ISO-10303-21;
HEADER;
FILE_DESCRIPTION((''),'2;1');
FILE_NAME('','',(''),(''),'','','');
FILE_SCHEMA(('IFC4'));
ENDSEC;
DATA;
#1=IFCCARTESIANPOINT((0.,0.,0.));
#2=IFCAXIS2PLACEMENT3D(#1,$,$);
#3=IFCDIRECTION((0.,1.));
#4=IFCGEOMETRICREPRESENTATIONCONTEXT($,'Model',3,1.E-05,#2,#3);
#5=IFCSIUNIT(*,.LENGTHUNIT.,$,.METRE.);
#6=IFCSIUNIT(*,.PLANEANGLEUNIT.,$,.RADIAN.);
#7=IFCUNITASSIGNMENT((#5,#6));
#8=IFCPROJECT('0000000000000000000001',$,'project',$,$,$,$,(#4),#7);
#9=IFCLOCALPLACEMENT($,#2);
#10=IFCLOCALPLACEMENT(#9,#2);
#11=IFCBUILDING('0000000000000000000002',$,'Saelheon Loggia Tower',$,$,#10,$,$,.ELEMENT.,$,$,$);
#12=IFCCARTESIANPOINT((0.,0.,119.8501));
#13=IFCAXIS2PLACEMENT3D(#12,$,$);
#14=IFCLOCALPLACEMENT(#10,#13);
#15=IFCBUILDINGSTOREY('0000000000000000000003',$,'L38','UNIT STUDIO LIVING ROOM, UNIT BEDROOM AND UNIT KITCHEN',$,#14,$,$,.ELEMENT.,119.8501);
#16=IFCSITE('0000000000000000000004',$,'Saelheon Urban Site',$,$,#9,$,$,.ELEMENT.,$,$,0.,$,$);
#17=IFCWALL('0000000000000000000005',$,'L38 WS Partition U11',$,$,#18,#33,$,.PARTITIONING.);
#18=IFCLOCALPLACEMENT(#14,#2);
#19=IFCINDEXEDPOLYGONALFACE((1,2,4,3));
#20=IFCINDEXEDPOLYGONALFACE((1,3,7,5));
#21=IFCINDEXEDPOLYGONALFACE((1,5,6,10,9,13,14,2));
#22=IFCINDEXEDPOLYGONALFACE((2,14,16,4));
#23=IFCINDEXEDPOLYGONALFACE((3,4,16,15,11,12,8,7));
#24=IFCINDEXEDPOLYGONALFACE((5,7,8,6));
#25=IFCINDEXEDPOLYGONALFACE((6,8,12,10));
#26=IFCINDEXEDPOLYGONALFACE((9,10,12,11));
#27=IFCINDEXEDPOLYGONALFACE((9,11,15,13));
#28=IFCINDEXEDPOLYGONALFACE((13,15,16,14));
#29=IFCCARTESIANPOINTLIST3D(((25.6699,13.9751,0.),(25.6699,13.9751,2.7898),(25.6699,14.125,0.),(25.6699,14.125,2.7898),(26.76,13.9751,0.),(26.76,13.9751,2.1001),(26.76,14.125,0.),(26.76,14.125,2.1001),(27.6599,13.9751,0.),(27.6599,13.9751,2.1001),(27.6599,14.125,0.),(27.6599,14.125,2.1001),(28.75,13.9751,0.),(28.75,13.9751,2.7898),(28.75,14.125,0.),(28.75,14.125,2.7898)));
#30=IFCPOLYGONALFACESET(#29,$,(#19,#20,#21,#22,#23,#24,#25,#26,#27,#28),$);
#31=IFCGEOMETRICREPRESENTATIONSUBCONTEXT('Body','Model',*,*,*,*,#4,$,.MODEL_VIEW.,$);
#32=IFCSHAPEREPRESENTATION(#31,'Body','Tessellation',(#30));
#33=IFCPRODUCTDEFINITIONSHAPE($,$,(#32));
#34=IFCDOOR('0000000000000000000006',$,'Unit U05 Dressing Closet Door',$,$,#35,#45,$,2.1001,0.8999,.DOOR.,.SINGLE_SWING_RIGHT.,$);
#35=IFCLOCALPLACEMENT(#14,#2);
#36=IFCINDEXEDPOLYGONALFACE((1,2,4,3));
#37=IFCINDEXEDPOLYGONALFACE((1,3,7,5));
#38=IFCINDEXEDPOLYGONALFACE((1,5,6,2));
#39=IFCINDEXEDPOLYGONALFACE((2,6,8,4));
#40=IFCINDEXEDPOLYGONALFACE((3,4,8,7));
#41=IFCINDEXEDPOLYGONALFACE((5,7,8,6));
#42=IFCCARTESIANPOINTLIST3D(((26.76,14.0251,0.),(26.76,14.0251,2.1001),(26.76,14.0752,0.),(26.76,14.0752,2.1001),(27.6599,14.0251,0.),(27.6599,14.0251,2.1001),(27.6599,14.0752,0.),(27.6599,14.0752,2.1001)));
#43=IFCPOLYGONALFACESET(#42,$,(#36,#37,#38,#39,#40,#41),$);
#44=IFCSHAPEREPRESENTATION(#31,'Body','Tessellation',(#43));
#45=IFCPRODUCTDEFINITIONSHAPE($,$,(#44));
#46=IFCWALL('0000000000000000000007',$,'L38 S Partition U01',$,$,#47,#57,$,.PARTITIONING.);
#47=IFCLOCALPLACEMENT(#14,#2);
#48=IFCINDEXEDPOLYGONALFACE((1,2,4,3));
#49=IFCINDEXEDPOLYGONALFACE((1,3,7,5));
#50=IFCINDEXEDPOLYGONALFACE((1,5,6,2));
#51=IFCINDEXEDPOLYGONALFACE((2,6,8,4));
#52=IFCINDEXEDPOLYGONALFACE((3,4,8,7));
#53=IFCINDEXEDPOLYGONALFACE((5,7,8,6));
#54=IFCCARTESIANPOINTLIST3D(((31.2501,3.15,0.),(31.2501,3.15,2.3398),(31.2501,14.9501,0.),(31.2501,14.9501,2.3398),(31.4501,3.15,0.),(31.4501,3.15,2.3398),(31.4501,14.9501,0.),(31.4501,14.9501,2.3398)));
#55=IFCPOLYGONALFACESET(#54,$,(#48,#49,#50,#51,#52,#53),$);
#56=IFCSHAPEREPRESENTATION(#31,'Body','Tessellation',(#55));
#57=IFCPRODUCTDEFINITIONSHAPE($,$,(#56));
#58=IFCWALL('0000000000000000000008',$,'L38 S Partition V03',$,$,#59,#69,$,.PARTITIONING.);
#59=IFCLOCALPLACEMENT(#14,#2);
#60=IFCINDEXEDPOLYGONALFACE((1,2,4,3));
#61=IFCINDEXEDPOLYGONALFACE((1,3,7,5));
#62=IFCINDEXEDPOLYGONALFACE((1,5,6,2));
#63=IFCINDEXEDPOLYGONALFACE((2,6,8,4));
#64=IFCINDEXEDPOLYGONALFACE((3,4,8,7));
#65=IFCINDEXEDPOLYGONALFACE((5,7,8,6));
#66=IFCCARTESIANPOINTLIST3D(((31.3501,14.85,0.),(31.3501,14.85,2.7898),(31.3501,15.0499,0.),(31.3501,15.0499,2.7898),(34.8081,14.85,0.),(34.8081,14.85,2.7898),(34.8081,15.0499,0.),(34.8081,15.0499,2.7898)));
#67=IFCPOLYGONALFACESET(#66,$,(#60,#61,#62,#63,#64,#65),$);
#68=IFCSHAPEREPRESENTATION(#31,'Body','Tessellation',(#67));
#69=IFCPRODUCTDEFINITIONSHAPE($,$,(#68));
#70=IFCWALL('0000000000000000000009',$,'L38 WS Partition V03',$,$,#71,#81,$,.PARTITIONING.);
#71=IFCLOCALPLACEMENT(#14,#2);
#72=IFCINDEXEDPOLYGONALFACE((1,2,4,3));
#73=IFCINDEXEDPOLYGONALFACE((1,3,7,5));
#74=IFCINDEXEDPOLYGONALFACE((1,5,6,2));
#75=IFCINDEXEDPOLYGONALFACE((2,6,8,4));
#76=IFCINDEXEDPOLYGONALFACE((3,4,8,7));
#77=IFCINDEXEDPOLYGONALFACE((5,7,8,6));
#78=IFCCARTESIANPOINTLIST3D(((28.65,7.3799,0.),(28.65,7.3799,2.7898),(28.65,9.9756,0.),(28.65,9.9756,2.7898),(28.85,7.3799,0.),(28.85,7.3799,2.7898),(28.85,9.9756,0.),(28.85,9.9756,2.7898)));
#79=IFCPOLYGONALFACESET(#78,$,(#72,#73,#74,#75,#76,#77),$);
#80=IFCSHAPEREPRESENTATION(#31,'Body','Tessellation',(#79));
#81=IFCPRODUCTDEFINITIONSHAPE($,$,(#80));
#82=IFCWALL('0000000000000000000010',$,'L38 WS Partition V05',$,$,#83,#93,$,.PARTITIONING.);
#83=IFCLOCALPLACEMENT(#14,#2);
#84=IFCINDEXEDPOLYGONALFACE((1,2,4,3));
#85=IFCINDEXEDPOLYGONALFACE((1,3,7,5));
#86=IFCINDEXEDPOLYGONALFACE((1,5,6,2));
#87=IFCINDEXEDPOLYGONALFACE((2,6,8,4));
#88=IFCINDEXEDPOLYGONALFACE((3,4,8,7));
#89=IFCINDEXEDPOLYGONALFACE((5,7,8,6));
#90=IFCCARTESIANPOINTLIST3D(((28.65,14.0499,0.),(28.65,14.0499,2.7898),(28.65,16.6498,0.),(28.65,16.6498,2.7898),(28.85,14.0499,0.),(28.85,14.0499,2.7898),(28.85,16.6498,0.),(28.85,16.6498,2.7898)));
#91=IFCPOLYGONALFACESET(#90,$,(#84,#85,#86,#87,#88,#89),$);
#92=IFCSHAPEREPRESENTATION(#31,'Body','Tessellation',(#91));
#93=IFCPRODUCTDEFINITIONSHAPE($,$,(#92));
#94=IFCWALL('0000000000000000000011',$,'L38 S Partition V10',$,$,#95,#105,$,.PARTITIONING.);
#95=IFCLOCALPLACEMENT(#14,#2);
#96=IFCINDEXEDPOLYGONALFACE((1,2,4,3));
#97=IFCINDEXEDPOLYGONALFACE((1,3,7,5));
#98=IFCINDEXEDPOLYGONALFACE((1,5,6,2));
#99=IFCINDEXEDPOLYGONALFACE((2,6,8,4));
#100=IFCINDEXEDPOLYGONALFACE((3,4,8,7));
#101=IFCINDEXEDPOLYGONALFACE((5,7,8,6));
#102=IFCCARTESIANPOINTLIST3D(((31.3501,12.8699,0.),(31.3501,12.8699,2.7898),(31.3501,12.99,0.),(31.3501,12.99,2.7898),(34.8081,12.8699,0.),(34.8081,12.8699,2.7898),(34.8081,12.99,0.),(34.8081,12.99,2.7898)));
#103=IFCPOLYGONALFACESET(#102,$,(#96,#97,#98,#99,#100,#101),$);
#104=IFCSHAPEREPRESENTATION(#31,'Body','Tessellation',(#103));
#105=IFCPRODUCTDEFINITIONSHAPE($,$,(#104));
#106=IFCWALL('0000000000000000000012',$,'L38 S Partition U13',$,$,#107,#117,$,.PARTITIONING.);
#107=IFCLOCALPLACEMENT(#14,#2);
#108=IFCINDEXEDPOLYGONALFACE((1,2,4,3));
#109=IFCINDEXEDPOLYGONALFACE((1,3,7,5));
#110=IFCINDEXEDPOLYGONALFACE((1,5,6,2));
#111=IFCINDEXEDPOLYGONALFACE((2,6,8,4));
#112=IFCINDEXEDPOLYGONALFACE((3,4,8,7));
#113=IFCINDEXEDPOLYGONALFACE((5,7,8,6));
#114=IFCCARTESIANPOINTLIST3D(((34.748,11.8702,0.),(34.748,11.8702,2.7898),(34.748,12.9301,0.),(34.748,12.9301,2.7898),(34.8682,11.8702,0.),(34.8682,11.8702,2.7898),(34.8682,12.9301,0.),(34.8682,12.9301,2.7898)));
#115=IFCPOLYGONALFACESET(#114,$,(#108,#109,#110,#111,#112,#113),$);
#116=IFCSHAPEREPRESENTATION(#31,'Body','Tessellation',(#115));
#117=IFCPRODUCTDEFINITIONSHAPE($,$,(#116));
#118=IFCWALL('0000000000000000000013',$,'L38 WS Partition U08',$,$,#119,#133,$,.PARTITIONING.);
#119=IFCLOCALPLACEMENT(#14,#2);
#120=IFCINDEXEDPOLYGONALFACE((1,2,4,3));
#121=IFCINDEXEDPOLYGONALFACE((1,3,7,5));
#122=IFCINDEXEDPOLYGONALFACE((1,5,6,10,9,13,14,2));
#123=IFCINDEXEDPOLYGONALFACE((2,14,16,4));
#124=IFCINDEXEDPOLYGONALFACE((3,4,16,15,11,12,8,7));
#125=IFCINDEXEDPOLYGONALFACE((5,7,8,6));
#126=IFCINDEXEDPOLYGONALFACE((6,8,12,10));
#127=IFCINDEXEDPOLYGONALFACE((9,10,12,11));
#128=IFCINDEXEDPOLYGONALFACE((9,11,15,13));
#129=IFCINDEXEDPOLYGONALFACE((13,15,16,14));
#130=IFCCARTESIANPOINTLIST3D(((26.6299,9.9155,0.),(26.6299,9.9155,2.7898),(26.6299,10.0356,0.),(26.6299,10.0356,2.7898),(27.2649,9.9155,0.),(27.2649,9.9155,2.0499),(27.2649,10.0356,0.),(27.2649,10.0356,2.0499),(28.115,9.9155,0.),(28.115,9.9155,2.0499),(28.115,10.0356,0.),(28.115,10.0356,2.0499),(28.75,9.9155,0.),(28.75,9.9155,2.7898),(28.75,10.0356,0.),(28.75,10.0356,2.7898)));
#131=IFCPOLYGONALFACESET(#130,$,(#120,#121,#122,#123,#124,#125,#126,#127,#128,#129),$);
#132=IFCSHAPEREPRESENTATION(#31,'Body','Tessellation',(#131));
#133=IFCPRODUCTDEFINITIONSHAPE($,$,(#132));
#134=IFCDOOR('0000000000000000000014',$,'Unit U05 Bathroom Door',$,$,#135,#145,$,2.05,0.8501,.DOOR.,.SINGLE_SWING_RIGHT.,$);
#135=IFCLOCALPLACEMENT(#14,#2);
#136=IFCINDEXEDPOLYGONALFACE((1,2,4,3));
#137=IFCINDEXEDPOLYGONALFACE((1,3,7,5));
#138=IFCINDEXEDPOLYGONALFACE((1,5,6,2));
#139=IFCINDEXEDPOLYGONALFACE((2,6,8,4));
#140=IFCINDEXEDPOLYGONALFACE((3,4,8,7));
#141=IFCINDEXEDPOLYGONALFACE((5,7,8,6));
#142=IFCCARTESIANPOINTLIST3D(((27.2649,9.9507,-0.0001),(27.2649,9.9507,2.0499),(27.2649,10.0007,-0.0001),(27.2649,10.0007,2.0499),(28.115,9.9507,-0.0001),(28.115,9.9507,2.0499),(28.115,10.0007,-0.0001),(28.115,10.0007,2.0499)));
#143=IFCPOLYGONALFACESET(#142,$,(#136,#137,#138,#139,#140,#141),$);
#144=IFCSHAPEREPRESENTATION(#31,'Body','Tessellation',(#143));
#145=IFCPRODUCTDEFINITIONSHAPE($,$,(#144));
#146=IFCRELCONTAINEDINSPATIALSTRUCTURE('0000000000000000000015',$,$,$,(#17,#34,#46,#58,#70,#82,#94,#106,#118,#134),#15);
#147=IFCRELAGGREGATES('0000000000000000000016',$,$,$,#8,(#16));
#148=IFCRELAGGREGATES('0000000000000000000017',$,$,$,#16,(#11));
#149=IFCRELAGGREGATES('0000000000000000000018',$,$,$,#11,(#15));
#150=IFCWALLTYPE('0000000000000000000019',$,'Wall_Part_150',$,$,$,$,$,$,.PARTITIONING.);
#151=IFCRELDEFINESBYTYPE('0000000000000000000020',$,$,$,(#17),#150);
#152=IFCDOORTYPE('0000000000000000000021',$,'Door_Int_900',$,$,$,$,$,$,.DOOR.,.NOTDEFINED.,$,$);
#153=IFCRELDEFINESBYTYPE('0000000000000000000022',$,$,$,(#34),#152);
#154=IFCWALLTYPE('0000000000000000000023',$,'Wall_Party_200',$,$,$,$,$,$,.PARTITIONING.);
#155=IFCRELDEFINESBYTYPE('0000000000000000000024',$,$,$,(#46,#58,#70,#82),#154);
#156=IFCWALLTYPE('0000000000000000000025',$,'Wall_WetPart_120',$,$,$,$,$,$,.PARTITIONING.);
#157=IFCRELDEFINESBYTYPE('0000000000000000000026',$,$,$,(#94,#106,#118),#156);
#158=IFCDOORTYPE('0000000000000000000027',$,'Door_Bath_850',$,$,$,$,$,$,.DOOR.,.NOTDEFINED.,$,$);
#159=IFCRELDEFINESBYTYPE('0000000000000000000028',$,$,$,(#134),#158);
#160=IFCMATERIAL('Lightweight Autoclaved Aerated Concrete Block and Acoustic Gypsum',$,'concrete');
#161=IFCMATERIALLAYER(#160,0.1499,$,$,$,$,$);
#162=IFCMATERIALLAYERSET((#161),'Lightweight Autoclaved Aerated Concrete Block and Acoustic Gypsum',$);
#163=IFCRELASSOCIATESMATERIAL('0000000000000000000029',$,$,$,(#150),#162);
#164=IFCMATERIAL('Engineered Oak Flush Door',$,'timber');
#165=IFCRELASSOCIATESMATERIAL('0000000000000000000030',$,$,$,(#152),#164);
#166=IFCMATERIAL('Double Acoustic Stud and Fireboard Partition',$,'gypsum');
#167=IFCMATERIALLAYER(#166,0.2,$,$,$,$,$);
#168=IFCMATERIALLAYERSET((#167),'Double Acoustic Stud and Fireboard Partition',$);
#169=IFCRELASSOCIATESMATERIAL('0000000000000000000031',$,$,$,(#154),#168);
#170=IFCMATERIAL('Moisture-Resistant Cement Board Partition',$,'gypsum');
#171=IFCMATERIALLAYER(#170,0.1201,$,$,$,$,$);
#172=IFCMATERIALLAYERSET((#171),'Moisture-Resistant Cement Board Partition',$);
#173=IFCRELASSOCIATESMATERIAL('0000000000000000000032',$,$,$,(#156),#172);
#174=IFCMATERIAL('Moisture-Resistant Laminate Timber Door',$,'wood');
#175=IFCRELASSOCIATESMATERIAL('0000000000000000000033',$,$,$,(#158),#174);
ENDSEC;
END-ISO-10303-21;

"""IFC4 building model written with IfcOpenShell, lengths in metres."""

from ifc_helpers import new_model, si_unit, direction, frame, frame_2d, origin, place, context, subcontext, project, spatial, rectangle, extrude, source, transform, mapped, material, layer, layer_set, type_object, element, fill, save


model = new_model("IFC4")

# Units and contexts
model_context = context("Model", 3, precision=1e-05, world=origin(), true_north=direction((0.0, 1.0)))
body_context = subcontext(model_context, "Body", "Model", "MODEL_VIEW")
ifc_project = project(units=[si_unit("LENGTHUNIT", "METRE"), si_unit("PLANEANGLEUNIT", "RADIAN")], contexts=[model_context])

# Site, building, storey
site_placement = place(None, origin())
site = spatial("IfcSite", under=ifc_project, at=site_placement, Name="Saelheon Urban Site", CompositionType="ELEMENT", RefElevation=0.0)
building_placement = place(site_placement, origin())
building = spatial("IfcBuilding", under=site, at=building_placement, Name="Saelheon Loggia Tower", CompositionType="ELEMENT")
storey_placement = place(building_placement, frame((0.0, 0.0, 119.8501)))
storey = spatial("IfcBuildingStorey", under=building, at=storey_placement, Name="L38", Description="UNIT STUDIO LIVING ROOM, UNIT BEDROOM AND UNIT KITCHEN", CompositionType="ELEMENT", Elevation=119.8501)

# Wall, opening, door
ifc_material_1 = material(Name="Lightweight Autoclaved Aerated Concrete Block and Acoustic Gypsum", Category="concrete")
ifc_layer_1 = layer(ifc_material_1, 0.1499)
ifc_layer_set_1 = layer_set([ifc_layer_1], Name="Lightweight Autoclaved Aerated Concrete Block and Acoustic Gypsum")
wall_type_1 = type_object("IfcWallType", Name="Wall_Part_150", PredefinedType="PARTITIONING", material=ifc_layer_set_1)
ifc_material_2 = material(Name="Engineered Oak Flush Door", Category="timber")
door_type_1 = type_object("IfcDoorType", Name="Door_Int_900", OperationType="NOTDEFINED", PredefinedType="DOOR", material=ifc_material_2)
shared_shape_1 = source(origin(), body_context, "Body", "SweptSolid", [
    extrude(rectangle(XDim=0.8999, YDim=2.1001, at=frame_2d((0.45, 1.05))), frame((0.0, 0.0249, 0.0), z_axis=(0.0, -1.0, 0.0), x_axis=(1.0, 0.0, 0.0)), (0.0, 0.0, 1.0), 0.05),
])
wall_1_placement = place(storey_placement, frame((28.75, 14.05, 0.0), z_axis=(0.0, 0.0, 1.0), x_axis=(-1.0, 0.0, 0.0)))
wall_1 = element("IfcWall", 1, at=wall_1_placement, inside=storey, type_object=wall_type_1, Name="L38 WS Partition U11", PredefinedType="PARTITIONING", context=body_context, shape_type="SweptSolid", body=[
    extrude(rectangle(XDim=3.0801, YDim=0.1499, at=frame_2d((1.54, 0.0))), origin(), (0.0, 0.0, 1.0), 2.7898),
])
opening_1_placement = place(wall_1_placement, frame((1.0901, 0.0, 0.0)))
opening_1 = element("IfcOpeningElement", 2, at=opening_1_placement, cuts=wall_1, PredefinedType="OPENING", context=body_context, shape_type="SweptSolid", body=[
    extrude(rectangle(XDim=0.8999, YDim=2.1001, at=frame_2d((0.45, 1.05))), frame((0.0, 0.0869, 0.0), z_axis=(0.0, -1.0, 0.0), x_axis=(1.0, 0.0, 0.0)), (0.0, 0.0, 1.0), 0.1738),
])
door_1_placement = place(opening_1_placement, origin())
door_1 = element("IfcDoor", 3, at=door_1_placement, inside=storey, type_object=door_type_1, Name="Unit U05 Dressing Closet Door", OperationType="SINGLE_SWING_RIGHT", OverallHeight=2.1001, OverallWidth=0.8999, PredefinedType="DOOR", context=body_context, shape_type="MappedRepresentation", body=[
    mapped(shared_shape_1, transform((0.0, 0.0, 0.0), scale=1.0)),
])
fill(opening_1, door_1)

# Walls
ifc_material_3 = material(Name="Double Acoustic Stud and Fireboard Partition", Category="gypsum")
ifc_layer_2 = layer(ifc_material_3, 0.2)
ifc_layer_set_2 = layer_set([ifc_layer_2], Name="Double Acoustic Stud and Fireboard Partition")
wall_type_2 = type_object("IfcWallType", Name="Wall_Party_200", PredefinedType="PARTITIONING", material=ifc_layer_set_2)
wall_2_placement = place(storey_placement, frame((31.3501, 14.95, 0.0), z_axis=(0.0, 0.0, 1.0), x_axis=(0.0, -1.0, 0.0)))
element("IfcWall", 4, at=wall_2_placement, inside=storey, type_object=wall_type_2, Name="L38 S Partition U01", PredefinedType="PARTITIONING", context=body_context, shape_type="SweptSolid", body=[
    extrude(rectangle(XDim=11.8, YDim=0.2, at=frame_2d((5.8999, 0.0))), origin(), (0.0, 0.0, 1.0), 2.3398),
])
wall_3_placement = place(storey_placement, frame((31.3501, 14.95, 0.0), z_axis=(0.0, 0.0, 1.0), x_axis=(1.0, 0.0, 0.0)))
element("IfcWall", 5, at=wall_3_placement, inside=storey, type_object=wall_type_2, Name="L38 S Partition V03", PredefinedType="PARTITIONING", context=body_context, shape_type="SweptSolid", body=[
    extrude(rectangle(XDim=3.458, YDim=0.2, at=frame_2d((1.729, 0.0))), origin(), (0.0, 0.0, 1.0), 2.7898),
])
wall_4_placement = place(storey_placement, frame((28.75, 7.3799, 0.0), z_axis=(0.0, 0.0, 1.0), x_axis=(0.0, 1.0, 0.0)))
element("IfcWall", 6, at=wall_4_placement, inside=storey, type_object=wall_type_2, Name="L38 WS Partition V03", PredefinedType="PARTITIONING", context=body_context, shape_type="SweptSolid", body=[
    extrude(rectangle(XDim=2.5957, YDim=0.2, at=frame_2d((1.2979, 0.0))), origin(), (0.0, 0.0, 1.0), 2.7898),
])

# Walls
wall_5_placement = place(storey_placement, frame((28.75, 14.05, 0.0), z_axis=(0.0, 0.0, 1.0), x_axis=(0.0, 1.0, 0.0)))
element("IfcWall", 7, at=wall_5_placement, inside=storey, type_object=wall_type_2, Name="L38 WS Partition V05", PredefinedType="PARTITIONING", context=body_context, shape_type="SweptSolid", body=[
    extrude(rectangle(XDim=2.5999, YDim=0.2, at=frame_2d((1.2998, 0.0))), origin(), (0.0, 0.0, 1.0), 2.7898),
])
ifc_material_4 = material(Name="Moisture-Resistant Cement Board Partition", Category="gypsum")
ifc_layer_3 = layer(ifc_material_4, 0.1201)
ifc_layer_set_3 = layer_set([ifc_layer_3], Name="Moisture-Resistant Cement Board Partition")
wall_type_3 = type_object("IfcWallType", Name="Wall_WetPart_120", PredefinedType="PARTITIONING", material=ifc_layer_set_3)
wall_6_placement = place(storey_placement, frame((31.3501, 12.9299, 0.0), z_axis=(0.0, 0.0, 1.0), x_axis=(1.0, 0.0, 0.0)))
element("IfcWall", 8, at=wall_6_placement, inside=storey, type_object=wall_type_3, Name="L38 S Partition V10", PredefinedType="PARTITIONING", context=body_context, shape_type="SweptSolid", body=[
    extrude(rectangle(XDim=3.458, YDim=0.1201, at=frame_2d((1.729, 0.0))), origin(), (0.0, 0.0, 1.0), 2.7898),
])
wall_7_placement = place(storey_placement, frame((34.8081, 12.9299, 0.0), z_axis=(0.0, 0.0, 1.0), x_axis=(0.0, -1.0, 0.0)))
element("IfcWall", 9, at=wall_7_placement, inside=storey, type_object=wall_type_3, Name="L38 S Partition U13", PredefinedType="PARTITIONING", context=body_context, shape_type="SweptSolid", body=[
    extrude(rectangle(XDim=1.0598, YDim=0.1201, at=frame_2d((0.5298, 0.0))), origin(), (0.0, 0.0, 1.0), 2.7898),
])

# Wall, opening, door
wall_8_placement = place(storey_placement, frame((28.75, 9.9756, 0.0), z_axis=(0.0, 0.0, 1.0), x_axis=(-1.0, 0.0, 0.0)))
wall_8 = element("IfcWall", 10, at=wall_8_placement, inside=storey, type_object=wall_type_3, Name="L38 WS Partition U08", PredefinedType="PARTITIONING", context=body_context, shape_type="SweptSolid", body=[
    extrude(rectangle(XDim=2.1201, YDim=0.1201, at=frame_2d((1.0601, 0.0))), origin(), (0.0, 0.0, 1.0), 2.7898),
])
opening_2_placement = place(wall_8_placement, frame((0.635, 0.0, 0.0)))
opening_2 = element("IfcOpeningElement", 11, at=opening_2_placement, cuts=wall_8, PredefinedType="OPENING", context=body_context, shape_type="SweptSolid", body=[
    extrude(rectangle(XDim=0.8501, YDim=2.05, at=frame_2d((0.425, 1.0249))), frame((0.0, 0.072, 0.0), z_axis=(0.0, -1.0, 0.0), x_axis=(1.0, 0.0, 0.0)), (0.0, 0.0, 1.0), 0.144),
])
ifc_material_5 = material(Name="Moisture-Resistant Laminate Timber Door", Category="wood")
door_type_2 = type_object("IfcDoorType", Name="Door_Bath_850", OperationType="NOTDEFINED", PredefinedType="DOOR", material=ifc_material_5)
shared_shape_2 = source(origin(), body_context, "Body", "SweptSolid", [
    extrude(rectangle(XDim=0.8501, YDim=2.05, at=frame_2d((0.425, 1.0249))), frame((0.0, 0.0249, 0.0), z_axis=(0.0, -1.0, 0.0), x_axis=(1.0, 0.0, 0.0)), (0.0, 0.0, 1.0), 0.05),
])
door_2_placement = place(opening_2_placement, origin())
door_2 = element("IfcDoor", 12, at=door_2_placement, inside=storey, type_object=door_type_2, Name="Unit U05 Bathroom Door", OperationType="SINGLE_SWING_RIGHT", OverallHeight=2.05, OverallWidth=0.8501, PredefinedType="DOOR", context=body_context, shape_type="MappedRepresentation", body=[
    mapped(shared_shape_2, transform((0.0, 0.0, 0.0), scale=1.0)),
])
fill(opening_2, door_2)

save(model, "model.ifc")
